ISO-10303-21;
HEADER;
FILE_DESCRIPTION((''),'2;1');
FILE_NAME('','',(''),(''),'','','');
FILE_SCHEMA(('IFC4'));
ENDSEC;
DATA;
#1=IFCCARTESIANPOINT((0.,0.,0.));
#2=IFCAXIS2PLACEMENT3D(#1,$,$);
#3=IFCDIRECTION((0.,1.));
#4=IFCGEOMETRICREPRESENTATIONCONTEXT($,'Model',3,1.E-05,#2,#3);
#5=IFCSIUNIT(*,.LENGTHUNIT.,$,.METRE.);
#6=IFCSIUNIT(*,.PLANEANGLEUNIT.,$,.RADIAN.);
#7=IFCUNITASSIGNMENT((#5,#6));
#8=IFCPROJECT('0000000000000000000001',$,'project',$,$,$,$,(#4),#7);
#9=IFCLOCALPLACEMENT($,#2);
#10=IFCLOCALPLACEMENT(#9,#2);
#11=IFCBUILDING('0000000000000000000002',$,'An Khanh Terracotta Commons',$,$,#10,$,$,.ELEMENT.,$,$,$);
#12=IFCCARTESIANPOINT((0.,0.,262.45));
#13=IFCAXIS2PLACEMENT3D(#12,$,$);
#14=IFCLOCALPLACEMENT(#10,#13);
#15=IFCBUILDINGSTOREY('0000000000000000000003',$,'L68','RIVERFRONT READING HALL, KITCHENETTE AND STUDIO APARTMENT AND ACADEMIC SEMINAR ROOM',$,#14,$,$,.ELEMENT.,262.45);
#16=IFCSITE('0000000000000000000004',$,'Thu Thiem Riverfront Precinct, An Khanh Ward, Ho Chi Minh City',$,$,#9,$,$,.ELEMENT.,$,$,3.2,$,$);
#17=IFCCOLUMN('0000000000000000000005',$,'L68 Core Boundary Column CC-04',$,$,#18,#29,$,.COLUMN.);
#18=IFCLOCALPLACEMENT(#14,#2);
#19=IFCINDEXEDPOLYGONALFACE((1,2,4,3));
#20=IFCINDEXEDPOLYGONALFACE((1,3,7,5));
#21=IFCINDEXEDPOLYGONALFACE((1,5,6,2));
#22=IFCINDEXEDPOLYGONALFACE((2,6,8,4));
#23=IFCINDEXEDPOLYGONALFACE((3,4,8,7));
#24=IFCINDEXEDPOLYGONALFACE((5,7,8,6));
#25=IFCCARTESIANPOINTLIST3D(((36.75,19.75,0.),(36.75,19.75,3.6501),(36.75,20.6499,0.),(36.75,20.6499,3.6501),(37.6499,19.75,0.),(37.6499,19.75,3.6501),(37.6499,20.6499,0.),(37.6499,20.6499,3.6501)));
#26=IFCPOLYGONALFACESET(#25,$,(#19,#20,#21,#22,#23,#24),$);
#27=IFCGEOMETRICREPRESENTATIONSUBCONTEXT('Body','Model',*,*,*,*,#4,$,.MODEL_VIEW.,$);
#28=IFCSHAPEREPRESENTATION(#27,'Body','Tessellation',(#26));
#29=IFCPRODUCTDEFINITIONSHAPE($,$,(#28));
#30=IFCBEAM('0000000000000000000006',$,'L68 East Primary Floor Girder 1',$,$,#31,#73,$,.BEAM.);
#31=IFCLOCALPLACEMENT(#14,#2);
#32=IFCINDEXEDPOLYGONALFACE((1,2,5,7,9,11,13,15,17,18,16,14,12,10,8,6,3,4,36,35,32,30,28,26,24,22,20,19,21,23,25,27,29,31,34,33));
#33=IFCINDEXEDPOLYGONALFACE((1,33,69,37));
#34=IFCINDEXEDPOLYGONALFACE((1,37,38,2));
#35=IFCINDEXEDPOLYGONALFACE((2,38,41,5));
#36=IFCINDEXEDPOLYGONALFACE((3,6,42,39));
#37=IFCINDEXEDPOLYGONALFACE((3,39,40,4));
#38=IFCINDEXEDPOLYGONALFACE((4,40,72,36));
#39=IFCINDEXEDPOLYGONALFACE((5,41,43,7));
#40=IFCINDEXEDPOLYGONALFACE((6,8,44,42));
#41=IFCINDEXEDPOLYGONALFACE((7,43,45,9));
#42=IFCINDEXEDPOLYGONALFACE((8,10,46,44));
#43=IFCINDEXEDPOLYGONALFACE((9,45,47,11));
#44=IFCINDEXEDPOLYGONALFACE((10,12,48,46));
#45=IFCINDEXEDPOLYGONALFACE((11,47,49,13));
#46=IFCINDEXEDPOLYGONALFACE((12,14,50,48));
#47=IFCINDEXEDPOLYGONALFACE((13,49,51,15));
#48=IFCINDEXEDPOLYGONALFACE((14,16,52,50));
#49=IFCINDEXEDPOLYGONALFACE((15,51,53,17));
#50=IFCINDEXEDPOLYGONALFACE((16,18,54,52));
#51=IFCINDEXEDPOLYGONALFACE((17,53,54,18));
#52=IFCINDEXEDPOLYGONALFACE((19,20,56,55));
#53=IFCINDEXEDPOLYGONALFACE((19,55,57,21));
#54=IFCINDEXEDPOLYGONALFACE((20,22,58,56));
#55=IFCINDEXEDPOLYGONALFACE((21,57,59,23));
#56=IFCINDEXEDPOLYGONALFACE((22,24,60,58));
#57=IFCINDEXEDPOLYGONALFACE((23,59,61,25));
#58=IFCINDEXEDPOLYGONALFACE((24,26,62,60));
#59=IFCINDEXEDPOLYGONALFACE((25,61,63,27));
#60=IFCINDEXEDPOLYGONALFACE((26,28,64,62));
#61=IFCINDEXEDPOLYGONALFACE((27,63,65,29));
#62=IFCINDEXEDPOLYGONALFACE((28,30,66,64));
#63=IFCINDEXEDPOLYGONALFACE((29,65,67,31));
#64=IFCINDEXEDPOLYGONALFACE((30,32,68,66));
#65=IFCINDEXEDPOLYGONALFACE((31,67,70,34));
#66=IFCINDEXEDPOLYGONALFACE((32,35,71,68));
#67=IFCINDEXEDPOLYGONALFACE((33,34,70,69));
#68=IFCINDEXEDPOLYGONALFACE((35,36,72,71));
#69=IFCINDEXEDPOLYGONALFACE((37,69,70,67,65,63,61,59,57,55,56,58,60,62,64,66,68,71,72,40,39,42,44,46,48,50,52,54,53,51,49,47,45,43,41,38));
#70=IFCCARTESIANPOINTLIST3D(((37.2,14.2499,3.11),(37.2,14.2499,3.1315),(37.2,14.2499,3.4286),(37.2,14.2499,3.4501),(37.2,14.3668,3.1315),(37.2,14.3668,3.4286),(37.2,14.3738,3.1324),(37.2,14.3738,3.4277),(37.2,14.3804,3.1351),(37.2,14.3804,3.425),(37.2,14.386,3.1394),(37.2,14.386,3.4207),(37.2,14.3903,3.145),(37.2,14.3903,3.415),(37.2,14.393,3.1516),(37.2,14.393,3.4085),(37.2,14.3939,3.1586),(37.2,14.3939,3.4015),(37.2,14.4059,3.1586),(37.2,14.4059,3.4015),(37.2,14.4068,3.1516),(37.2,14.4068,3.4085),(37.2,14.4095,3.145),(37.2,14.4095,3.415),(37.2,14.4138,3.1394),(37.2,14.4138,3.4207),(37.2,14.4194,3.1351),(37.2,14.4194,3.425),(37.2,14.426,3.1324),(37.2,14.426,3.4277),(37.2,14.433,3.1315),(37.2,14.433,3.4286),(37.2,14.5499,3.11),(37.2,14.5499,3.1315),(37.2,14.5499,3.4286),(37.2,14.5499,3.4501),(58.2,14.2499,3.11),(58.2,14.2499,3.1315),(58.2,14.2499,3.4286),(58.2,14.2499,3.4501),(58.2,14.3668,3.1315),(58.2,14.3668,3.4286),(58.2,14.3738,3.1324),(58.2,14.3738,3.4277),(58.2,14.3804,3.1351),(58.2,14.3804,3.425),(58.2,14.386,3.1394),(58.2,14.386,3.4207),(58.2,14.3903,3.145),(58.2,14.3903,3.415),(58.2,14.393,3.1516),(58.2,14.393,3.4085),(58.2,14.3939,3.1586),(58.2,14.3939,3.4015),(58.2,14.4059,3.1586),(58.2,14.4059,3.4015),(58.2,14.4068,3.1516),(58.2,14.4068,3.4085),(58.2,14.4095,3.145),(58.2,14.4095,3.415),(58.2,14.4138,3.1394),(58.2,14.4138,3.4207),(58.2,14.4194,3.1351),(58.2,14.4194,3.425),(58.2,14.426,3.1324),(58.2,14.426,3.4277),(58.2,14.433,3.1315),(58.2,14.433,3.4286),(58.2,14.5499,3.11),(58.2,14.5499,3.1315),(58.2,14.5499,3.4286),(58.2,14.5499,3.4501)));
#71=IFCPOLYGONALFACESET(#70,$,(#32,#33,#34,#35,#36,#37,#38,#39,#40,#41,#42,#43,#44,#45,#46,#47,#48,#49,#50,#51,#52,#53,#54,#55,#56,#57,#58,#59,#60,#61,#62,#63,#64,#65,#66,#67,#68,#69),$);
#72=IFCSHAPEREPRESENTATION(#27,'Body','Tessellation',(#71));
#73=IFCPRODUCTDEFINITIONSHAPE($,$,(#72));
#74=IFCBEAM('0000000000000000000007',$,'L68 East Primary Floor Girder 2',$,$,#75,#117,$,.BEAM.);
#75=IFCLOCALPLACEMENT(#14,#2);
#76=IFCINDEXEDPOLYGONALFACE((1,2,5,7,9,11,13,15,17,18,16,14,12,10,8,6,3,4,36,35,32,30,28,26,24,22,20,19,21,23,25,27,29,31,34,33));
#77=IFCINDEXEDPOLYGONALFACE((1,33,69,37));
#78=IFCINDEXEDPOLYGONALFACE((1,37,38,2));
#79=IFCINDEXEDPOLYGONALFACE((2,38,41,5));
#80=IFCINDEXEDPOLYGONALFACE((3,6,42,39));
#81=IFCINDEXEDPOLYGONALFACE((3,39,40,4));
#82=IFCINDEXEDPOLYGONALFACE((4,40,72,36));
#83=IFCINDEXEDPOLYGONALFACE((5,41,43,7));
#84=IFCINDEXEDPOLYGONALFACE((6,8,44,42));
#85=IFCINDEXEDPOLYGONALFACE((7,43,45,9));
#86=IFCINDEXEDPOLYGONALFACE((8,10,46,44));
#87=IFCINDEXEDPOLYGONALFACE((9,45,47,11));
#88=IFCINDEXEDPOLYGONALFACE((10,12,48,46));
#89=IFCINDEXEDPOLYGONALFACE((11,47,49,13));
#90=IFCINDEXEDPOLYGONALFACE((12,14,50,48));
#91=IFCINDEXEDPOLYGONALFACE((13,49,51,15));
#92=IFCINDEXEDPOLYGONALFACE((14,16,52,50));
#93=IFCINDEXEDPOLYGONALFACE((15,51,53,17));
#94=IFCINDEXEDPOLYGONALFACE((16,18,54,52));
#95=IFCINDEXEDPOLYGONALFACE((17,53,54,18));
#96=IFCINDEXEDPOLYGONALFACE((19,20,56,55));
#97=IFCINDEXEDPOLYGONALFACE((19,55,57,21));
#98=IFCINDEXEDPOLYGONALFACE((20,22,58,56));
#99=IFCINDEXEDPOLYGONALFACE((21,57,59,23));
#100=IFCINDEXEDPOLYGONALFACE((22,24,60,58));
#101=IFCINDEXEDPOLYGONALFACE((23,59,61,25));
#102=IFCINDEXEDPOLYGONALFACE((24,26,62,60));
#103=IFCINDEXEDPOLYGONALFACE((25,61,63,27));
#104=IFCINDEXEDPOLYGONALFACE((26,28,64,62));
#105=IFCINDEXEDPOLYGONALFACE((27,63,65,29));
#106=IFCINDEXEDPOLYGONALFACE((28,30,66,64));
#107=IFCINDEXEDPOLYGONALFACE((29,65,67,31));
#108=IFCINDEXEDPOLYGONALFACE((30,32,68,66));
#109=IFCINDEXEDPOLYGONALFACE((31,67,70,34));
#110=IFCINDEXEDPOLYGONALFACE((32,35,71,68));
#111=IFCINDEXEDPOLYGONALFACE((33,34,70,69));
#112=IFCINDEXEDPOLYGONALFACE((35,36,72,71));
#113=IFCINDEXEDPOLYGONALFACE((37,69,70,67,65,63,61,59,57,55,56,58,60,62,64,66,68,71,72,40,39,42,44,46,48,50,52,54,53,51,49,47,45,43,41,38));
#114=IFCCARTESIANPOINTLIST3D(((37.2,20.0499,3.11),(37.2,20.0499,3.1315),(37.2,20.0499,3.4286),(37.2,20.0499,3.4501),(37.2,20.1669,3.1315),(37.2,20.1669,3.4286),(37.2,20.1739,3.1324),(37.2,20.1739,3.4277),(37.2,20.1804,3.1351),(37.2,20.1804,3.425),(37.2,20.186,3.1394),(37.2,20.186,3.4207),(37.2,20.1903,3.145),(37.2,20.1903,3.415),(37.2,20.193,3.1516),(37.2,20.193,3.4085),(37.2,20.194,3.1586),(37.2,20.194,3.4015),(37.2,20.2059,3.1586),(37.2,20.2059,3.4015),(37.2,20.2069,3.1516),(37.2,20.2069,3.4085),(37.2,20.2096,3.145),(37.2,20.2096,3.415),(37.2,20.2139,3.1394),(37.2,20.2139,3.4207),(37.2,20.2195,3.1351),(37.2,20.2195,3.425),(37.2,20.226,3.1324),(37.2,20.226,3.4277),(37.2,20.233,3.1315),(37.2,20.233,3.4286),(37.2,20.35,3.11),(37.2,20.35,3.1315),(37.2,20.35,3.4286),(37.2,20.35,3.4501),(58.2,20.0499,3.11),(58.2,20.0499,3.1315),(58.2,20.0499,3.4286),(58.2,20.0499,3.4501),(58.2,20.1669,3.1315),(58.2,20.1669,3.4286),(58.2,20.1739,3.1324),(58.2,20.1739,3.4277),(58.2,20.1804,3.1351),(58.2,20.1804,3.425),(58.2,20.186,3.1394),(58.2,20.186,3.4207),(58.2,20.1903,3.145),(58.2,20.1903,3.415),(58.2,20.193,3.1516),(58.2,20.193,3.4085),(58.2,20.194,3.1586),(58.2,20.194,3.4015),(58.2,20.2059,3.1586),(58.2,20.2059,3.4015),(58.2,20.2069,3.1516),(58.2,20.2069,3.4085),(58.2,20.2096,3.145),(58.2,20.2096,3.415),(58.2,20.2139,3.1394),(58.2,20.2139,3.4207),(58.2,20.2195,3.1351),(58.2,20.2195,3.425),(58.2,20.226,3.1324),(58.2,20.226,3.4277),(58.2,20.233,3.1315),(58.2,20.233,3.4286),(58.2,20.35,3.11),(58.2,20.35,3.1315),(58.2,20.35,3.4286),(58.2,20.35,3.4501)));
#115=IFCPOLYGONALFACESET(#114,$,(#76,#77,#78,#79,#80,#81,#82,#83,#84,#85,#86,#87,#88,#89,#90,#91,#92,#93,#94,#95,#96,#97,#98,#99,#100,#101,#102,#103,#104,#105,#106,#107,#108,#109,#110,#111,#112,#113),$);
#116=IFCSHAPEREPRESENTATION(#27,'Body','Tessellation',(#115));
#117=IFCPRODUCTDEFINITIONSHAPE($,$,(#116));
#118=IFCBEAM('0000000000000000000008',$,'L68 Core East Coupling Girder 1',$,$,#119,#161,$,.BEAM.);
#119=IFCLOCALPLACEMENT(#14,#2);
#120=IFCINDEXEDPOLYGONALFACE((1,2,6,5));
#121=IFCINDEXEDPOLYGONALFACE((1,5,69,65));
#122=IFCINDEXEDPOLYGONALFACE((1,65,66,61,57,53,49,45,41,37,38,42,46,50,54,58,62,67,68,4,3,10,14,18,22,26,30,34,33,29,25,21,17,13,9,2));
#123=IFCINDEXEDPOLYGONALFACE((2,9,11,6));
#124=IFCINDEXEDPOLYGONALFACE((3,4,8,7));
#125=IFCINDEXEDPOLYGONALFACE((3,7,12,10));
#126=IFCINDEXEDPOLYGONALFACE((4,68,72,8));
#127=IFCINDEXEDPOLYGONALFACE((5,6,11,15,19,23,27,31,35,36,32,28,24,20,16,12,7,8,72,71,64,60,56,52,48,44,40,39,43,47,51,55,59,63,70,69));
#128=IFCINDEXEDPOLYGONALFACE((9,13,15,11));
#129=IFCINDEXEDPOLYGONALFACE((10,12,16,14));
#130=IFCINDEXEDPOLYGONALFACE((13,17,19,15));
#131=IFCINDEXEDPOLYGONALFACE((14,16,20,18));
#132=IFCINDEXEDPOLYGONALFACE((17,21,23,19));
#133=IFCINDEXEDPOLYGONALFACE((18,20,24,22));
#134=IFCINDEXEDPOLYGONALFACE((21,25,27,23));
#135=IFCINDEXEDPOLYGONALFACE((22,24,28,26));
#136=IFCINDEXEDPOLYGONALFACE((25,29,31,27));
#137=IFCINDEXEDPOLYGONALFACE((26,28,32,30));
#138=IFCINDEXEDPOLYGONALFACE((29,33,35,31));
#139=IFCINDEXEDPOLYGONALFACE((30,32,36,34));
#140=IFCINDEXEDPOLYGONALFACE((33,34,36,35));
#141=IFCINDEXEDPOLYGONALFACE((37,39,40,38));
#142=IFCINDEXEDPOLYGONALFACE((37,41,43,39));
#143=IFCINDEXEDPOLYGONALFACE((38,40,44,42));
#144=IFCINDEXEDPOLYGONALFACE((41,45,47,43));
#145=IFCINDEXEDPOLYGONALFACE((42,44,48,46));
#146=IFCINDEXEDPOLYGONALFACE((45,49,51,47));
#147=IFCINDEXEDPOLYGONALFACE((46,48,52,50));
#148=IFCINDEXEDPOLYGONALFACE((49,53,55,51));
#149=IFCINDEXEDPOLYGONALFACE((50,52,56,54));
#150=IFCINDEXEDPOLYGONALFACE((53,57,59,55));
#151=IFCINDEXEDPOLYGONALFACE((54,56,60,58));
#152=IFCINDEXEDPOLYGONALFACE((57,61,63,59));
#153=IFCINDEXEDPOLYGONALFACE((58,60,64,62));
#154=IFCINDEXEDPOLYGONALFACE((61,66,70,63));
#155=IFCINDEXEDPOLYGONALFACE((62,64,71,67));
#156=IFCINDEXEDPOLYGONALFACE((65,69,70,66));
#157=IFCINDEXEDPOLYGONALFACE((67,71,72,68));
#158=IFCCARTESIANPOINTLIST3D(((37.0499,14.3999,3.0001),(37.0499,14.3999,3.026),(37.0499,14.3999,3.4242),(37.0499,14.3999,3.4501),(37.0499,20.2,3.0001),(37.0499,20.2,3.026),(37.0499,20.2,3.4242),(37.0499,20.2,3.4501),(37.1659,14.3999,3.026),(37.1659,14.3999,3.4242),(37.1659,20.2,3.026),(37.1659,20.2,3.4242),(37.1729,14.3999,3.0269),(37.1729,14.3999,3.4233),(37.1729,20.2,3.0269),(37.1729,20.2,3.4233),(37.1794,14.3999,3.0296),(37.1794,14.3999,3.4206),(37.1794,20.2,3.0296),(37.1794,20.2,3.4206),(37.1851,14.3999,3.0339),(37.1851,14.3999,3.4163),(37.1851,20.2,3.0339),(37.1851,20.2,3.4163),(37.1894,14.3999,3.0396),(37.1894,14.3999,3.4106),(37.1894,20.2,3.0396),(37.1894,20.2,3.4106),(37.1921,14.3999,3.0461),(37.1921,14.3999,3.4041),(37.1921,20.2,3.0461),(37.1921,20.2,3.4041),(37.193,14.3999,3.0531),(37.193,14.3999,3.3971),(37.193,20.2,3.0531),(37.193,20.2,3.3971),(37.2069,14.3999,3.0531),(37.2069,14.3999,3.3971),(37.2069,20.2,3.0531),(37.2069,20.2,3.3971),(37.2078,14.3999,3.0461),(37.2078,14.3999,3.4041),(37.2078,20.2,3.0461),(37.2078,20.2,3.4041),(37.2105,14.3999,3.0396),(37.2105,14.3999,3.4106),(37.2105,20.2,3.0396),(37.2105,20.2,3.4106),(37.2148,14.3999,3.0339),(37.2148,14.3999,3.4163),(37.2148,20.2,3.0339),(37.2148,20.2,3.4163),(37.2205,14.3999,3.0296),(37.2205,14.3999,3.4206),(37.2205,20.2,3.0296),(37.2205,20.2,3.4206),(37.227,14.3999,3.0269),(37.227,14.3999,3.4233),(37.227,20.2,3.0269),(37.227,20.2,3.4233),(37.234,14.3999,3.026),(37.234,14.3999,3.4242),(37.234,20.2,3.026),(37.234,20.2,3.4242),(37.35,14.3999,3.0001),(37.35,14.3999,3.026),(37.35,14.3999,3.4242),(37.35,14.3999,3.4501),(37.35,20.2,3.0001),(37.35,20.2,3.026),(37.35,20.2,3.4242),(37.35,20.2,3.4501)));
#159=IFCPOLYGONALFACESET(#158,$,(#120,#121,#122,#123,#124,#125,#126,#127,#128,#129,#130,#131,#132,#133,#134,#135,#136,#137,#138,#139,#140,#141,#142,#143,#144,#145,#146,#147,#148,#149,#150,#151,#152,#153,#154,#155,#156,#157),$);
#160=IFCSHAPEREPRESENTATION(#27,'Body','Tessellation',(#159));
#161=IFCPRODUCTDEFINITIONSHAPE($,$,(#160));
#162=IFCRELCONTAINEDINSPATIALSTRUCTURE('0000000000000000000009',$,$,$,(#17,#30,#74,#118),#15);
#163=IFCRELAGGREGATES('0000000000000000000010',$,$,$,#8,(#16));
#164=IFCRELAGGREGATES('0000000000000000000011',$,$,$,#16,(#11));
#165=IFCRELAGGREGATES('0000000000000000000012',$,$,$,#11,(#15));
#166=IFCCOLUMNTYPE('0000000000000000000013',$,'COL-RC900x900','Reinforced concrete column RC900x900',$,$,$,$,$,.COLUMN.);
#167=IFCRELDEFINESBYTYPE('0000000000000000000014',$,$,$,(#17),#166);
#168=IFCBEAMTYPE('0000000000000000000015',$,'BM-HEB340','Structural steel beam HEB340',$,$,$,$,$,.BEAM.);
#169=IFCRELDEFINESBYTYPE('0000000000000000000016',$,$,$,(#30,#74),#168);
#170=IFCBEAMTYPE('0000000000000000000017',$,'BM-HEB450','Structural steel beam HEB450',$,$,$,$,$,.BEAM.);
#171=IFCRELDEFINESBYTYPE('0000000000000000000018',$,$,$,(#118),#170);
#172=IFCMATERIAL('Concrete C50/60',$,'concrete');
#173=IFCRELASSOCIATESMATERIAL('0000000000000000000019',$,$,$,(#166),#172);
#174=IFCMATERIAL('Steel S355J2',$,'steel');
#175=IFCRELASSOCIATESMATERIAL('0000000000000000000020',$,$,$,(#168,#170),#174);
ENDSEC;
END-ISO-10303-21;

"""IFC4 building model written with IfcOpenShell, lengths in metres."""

from ifc_helpers import new_model, si_unit, direction, frame, origin, origin_2d, place, context, subcontext, project, spatial, rectangle, i_section, extrude, material, material_profile, profile_set, type_object, element, save


model = new_model("IFC4")

# Units and contexts
model_context = context("Model", 3, precision=1e-05, world=origin(), true_north=direction((0.0, 1.0)))
body_context = subcontext(model_context, "Body", "Model", "MODEL_VIEW")
ifc_project = project(units=[si_unit("LENGTHUNIT", "METRE"), si_unit("PLANEANGLEUNIT", "RADIAN")], contexts=[model_context])

# Site, building, storey
site_placement = place(None, origin())
site = spatial("IfcSite", under=ifc_project, at=site_placement, Name="Thu Thiem Riverfront Precinct, An Khanh Ward, Ho Chi Minh City", CompositionType="ELEMENT", RefElevation=3.2)
building_placement = place(site_placement, origin())
building = spatial("IfcBuilding", under=site, at=building_placement, Name="An Khanh Terracotta Commons", CompositionType="ELEMENT")
storey_placement = place(building_placement, frame((0.0, 0.0, 262.45)))
storey = spatial("IfcBuildingStorey", under=building, at=storey_placement, Name="L68", Description="RIVERFRONT READING HALL, KITCHENETTE AND STUDIO APARTMENT AND ACADEMIC SEMINAR ROOM", CompositionType="ELEMENT", Elevation=262.45)

# Column
ifc_material_1 = material(Name="Concrete C50/60", Category="concrete")
ifc_material_profile_1 = material_profile(ifc_material_1, rectangle(XDim=0.8999, YDim=0.8999, at=origin_2d()), Name="RC900x900")
ifc_profile_set_1 = profile_set([ifc_material_profile_1], Name="Concrete C50/60")
column_type = type_object("IfcColumnType", Name="COL-RC900x900", Description="Reinforced concrete column RC900x900", PredefinedType="COLUMN", material=ifc_profile_set_1)
column_placement = place(storey_placement, frame((37.2, 20.2, 0.0), z_axis=(0.0, 0.0, 1.0), x_axis=(1.0, 0.0, 0.0)))
element("IfcColumn", 1, at=column_placement, inside=storey, type_object=column_type, Name="L68 Core Boundary Column CC-04", PredefinedType="COLUMN", context=body_context, shape_type="SweptSolid", body=[
    extrude(rectangle(XDim=0.8999, YDim=0.8999, at=origin_2d()), origin(), (0.0, 0.0, 1.0), 3.6501),
])

# Beams
ifc_material_2 = material(Name="Steel S355J2", Category="steel")
ifc_material_profile_2 = material_profile(ifc_material_2, i_section(OverallWidth=0.3, OverallDepth=0.3401, WebThickness=0.012, FlangeThickness=0.0215, FilletRadius=0.0271, at=origin_2d()), Name="HEB340")
ifc_profile_set_2 = profile_set([ifc_material_profile_2], Name="Steel S355J2")
beam_type_1 = type_object("IfcBeamType", Name="BM-HEB340", Description="Structural steel beam HEB340", PredefinedType="BEAM", material=ifc_profile_set_2)
for number, where, z_axis, x_axis, name in (
    (2, (37.2, 14.3999, 3.28), (1.0, 0.0, 0.0), (0.0, 1.0, 0.0), "L68 East Primary Floor Girder 1"),
    (3, (37.2, 20.2, 3.28), (1.0, 0.0, 0.0), (0.0, 1.0, 0.0), "L68 East Primary Floor Girder 2"),
):
    element("IfcBeam", number, at=place(storey_placement, frame(where, z_axis=z_axis, x_axis=x_axis)), inside=storey, type_object=beam_type_1, Name=name, PredefinedType="BEAM", context=body_context, shape_type="SweptSolid", body=[
        extrude(i_section(OverallWidth=0.3, OverallDepth=0.3401, WebThickness=0.012, FlangeThickness=0.0215, FilletRadius=0.0271, at=origin_2d()), origin(), (0.0, 0.0, 1.0), 21.0),
    ])
ifc_material_profile_3 = material_profile(ifc_material_2, i_section(OverallWidth=0.3, OverallDepth=0.45, WebThickness=0.0139, FlangeThickness=0.0259, FilletRadius=0.0271, at=origin_2d()), Name="HEB450")
ifc_profile_set_3 = profile_set([ifc_material_profile_3], Name="Steel S355J2")
beam_type_2 = type_object("IfcBeamType", Name="BM-HEB450", Description="Structural steel beam HEB450", PredefinedType="BEAM", material=ifc_profile_set_3)
beam_1_placement = place(storey_placement, frame((37.2, 14.3999, 3.2251), z_axis=(0.0, 1.0, 0.0), x_axis=(-1.0, 0.0, 0.0)))
element("IfcBeam", 4, at=beam_1_placement, inside=storey, type_object=beam_type_2, Name="L68 Core East Coupling Girder 1", PredefinedType="BEAM", context=body_context, shape_type="SweptSolid", body=[
    extrude(i_section(OverallWidth=0.3, OverallDepth=0.45, WebThickness=0.0139, FlangeThickness=0.0259, FilletRadius=0.0271, at=origin_2d()), origin(), (0.0, 0.0, 1.0), 5.8),
])

save(model, "model.ifc")
